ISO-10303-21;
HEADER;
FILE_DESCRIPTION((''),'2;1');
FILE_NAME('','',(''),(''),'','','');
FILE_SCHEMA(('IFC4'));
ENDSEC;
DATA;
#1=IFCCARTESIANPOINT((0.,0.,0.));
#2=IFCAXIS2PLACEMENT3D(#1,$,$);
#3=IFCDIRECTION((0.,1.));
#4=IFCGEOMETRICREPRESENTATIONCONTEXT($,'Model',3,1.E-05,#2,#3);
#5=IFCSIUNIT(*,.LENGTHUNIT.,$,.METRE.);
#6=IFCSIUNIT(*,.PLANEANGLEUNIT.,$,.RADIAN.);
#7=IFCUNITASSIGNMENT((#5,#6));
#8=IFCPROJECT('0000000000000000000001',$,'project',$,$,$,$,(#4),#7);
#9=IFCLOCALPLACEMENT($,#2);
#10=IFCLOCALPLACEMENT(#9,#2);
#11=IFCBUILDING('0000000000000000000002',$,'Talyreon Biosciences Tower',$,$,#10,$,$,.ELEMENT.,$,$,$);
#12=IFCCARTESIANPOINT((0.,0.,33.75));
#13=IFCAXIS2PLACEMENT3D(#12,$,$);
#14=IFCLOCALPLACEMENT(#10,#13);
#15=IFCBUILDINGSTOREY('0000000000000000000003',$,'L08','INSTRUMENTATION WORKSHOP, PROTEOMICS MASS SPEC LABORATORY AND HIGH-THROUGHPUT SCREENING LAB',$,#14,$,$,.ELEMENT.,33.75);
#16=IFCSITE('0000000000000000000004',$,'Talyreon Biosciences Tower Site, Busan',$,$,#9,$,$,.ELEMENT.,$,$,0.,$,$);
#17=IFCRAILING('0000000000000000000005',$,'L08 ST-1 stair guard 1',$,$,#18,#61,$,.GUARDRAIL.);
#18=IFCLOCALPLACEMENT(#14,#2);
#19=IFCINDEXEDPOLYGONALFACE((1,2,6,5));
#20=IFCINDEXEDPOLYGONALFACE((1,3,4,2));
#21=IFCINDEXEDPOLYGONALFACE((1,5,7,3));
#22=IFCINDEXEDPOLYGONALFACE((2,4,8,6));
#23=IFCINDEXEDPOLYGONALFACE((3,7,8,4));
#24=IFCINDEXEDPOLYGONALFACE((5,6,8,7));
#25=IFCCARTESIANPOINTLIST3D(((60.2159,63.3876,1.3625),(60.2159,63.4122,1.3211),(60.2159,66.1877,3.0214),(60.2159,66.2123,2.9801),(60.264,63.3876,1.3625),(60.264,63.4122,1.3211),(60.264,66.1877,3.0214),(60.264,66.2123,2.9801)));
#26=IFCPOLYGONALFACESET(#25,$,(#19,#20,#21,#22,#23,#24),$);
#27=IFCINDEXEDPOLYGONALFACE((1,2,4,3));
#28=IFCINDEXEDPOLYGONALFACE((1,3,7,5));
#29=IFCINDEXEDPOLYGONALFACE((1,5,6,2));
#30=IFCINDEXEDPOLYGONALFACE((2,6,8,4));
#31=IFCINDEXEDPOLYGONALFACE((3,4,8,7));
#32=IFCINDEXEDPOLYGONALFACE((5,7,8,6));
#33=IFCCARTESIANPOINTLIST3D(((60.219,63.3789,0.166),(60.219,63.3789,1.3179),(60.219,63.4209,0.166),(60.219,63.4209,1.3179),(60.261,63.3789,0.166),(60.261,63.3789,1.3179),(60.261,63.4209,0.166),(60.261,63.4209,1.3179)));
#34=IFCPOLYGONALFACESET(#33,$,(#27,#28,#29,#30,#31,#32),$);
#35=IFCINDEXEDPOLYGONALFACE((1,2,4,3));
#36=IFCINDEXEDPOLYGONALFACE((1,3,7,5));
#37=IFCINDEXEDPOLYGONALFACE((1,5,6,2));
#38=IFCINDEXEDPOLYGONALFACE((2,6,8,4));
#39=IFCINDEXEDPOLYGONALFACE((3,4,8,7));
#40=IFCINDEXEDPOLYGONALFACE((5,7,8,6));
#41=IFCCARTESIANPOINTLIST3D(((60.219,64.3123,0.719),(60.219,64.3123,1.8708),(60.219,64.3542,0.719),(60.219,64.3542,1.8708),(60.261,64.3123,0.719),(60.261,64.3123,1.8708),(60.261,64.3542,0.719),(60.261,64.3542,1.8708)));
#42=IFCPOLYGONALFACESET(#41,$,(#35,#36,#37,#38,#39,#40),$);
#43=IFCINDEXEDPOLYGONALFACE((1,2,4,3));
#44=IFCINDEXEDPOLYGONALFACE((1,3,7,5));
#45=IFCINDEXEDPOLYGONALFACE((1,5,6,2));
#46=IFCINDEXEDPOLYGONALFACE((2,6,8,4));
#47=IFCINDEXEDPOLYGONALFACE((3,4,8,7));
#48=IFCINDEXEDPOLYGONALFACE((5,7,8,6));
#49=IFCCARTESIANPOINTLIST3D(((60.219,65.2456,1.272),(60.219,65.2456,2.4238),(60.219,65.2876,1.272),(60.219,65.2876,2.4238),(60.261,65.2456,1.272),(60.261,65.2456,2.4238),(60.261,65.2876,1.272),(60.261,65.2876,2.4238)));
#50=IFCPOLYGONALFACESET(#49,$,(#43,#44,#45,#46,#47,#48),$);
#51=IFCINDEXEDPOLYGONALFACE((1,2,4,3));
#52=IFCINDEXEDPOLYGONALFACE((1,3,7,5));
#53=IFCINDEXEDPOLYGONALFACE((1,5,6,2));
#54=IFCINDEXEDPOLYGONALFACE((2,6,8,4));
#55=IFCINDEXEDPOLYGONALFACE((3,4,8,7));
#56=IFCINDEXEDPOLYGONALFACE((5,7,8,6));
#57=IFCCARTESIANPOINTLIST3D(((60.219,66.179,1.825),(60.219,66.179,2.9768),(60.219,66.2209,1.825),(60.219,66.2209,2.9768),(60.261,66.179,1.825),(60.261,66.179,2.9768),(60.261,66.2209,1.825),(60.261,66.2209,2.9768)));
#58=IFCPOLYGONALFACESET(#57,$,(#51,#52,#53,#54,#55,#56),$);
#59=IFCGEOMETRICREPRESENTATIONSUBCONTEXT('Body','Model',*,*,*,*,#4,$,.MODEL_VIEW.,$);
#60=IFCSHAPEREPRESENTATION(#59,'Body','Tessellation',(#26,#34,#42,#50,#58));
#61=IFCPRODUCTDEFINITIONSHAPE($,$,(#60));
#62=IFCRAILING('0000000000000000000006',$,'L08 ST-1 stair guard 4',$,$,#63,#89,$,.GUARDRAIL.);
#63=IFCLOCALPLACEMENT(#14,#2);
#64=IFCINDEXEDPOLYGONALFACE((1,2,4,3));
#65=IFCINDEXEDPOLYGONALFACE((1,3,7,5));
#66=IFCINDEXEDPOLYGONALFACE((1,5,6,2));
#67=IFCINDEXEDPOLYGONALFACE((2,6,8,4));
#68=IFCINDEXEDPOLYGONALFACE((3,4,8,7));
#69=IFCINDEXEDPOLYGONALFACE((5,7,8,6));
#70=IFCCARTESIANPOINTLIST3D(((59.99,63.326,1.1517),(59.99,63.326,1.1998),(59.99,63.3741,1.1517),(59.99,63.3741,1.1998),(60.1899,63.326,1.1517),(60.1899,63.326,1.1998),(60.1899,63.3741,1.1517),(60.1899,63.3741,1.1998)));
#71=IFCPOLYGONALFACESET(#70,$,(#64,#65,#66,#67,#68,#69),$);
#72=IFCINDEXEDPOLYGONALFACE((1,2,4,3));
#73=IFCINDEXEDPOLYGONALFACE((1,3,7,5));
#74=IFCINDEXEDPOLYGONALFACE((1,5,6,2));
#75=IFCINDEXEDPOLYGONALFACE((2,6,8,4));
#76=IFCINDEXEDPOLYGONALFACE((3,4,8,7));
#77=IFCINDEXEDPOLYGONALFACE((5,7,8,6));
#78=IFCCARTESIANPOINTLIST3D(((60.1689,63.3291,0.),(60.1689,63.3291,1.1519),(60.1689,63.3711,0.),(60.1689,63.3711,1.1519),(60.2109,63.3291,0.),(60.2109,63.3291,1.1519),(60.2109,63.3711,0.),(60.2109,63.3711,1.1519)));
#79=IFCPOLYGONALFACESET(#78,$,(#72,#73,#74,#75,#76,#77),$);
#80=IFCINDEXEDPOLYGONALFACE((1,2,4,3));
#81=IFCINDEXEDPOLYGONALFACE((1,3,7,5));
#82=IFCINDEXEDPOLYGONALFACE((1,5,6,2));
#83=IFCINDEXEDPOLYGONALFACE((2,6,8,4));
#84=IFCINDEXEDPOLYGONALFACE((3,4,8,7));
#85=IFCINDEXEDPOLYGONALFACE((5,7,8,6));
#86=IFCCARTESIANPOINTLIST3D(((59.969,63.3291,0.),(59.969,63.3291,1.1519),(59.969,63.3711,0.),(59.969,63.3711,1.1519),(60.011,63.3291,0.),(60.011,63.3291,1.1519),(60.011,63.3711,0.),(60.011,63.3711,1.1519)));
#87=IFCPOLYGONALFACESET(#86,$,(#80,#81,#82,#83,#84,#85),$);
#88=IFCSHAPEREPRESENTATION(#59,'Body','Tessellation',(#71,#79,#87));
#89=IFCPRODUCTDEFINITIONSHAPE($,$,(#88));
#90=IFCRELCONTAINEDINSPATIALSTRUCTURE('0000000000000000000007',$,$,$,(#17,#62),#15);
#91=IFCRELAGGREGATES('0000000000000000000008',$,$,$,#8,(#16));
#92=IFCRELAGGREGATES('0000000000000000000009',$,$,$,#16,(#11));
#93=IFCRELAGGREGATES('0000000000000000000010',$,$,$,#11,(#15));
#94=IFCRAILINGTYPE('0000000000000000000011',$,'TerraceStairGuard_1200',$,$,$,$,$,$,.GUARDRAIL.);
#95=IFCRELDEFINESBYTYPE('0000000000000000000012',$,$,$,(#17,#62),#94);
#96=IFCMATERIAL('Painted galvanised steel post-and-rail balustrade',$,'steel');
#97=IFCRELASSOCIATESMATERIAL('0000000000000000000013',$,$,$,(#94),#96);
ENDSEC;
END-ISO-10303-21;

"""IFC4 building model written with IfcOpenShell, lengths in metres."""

from ifc_helpers import new_model, si_unit, direction, frame, origin, origin_2d, place, context, subcontext, project, spatial, rectangle, extrude, material, type_object, element, save


model = new_model("IFC4")

# Units and contexts
model_context = context("Model", 3, precision=1e-05, world=origin(), true_north=direction((0.0, 1.0)))
body_context = subcontext(model_context, "Body", "Model", "MODEL_VIEW")
ifc_project = project(units=[si_unit("LENGTHUNIT", "METRE"), si_unit("PLANEANGLEUNIT", "RADIAN")], contexts=[model_context])

# Site, building, storey
site_placement = place(None, origin())
site = spatial("IfcSite", under=ifc_project, at=site_placement, Name="Talyreon Biosciences Tower Site, Busan", CompositionType="ELEMENT", RefElevation=0.0)
building_placement = place(site_placement, origin())
building = spatial("IfcBuilding", under=site, at=building_placement, Name="Talyreon Biosciences Tower", CompositionType="ELEMENT")
storey_placement = place(building_placement, frame((0.0, 0.0, 33.75)))
storey = spatial("IfcBuildingStorey", under=building, at=storey_placement, Name="L08", Description="INSTRUMENTATION WORKSHOP, PROTEOMICS MASS SPEC LABORATORY AND HIGH-THROUGHPUT SCREENING LAB", CompositionType="ELEMENT", Elevation=33.75)

# Railings
ifc_material_1 = material(Name="Painted galvanised steel post-and-rail balustrade", Category="steel")
railing_type_1 = type_object("IfcRailingType", Name="TerraceStairGuard_1200", PredefinedType="GUARDRAIL", material=ifc_material_1)
railing_1_placement = place(storey_placement, frame((60.24, 63.3999, 0.166)))
element("IfcRailing", 1, at=railing_1_placement, inside=storey, type_object=railing_type_1, Name="L08 ST-1 stair guard 1", PredefinedType="GUARDRAIL", context=body_context, shape_type="SweptSolid", body=[
    extrude(rectangle(XDim=0.0481, YDim=0.0481, at=origin_2d()), frame((0.0, 0.0, 1.1758), z_axis=(0.0, 0.860339, 0.509722), x_axis=(-1.0, 0.0, 0.0)), (0.0, 0.0, 1.0), 3.2546),
    extrude(rectangle(XDim=0.042, YDim=0.042, at=origin_2d()), origin(), (0.0, 0.0, 1.0), 1.1519),
    extrude(rectangle(XDim=0.042, YDim=0.042, at=origin_2d()), frame((0.0, 0.9333, 0.553)), (0.0, 0.0, 1.0), 1.1519),
    extrude(rectangle(XDim=0.042, YDim=0.042, at=origin_2d()), frame((0.0, 1.8667, 1.106)), (0.0, 0.0, 1.0), 1.1519),
    extrude(rectangle(XDim=0.042, YDim=0.042, at=origin_2d()), frame((0.0, 2.8, 1.6589)), (0.0, 0.0, 1.0), 1.1519),
])
railing_2_placement = place(storey_placement, frame((60.1899, 63.3501, 0.0)))
element("IfcRailing", 2, at=railing_2_placement, inside=storey, type_object=railing_type_1, Name="L08 ST-1 stair guard 4", PredefinedType="GUARDRAIL", context=body_context, shape_type="SweptSolid", body=[
    extrude(rectangle(XDim=0.0481, YDim=0.0481, at=origin_2d()), frame((0.0, 0.0, 1.1758), z_axis=(-1.0, 0.0, 0.0), x_axis=(0.0, -1.0, 0.0)), (0.0, 0.0, 1.0), 0.2),
    extrude(rectangle(XDim=0.042, YDim=0.042, at=origin_2d()), origin(), (0.0, 0.0, 1.0), 1.1519),
    extrude(rectangle(XDim=0.042, YDim=0.042, at=origin_2d()), frame((-0.2, 0.0, 0.0)), (0.0, 0.0, 1.0), 1.1519),
])

save(model, "model.ifc")
